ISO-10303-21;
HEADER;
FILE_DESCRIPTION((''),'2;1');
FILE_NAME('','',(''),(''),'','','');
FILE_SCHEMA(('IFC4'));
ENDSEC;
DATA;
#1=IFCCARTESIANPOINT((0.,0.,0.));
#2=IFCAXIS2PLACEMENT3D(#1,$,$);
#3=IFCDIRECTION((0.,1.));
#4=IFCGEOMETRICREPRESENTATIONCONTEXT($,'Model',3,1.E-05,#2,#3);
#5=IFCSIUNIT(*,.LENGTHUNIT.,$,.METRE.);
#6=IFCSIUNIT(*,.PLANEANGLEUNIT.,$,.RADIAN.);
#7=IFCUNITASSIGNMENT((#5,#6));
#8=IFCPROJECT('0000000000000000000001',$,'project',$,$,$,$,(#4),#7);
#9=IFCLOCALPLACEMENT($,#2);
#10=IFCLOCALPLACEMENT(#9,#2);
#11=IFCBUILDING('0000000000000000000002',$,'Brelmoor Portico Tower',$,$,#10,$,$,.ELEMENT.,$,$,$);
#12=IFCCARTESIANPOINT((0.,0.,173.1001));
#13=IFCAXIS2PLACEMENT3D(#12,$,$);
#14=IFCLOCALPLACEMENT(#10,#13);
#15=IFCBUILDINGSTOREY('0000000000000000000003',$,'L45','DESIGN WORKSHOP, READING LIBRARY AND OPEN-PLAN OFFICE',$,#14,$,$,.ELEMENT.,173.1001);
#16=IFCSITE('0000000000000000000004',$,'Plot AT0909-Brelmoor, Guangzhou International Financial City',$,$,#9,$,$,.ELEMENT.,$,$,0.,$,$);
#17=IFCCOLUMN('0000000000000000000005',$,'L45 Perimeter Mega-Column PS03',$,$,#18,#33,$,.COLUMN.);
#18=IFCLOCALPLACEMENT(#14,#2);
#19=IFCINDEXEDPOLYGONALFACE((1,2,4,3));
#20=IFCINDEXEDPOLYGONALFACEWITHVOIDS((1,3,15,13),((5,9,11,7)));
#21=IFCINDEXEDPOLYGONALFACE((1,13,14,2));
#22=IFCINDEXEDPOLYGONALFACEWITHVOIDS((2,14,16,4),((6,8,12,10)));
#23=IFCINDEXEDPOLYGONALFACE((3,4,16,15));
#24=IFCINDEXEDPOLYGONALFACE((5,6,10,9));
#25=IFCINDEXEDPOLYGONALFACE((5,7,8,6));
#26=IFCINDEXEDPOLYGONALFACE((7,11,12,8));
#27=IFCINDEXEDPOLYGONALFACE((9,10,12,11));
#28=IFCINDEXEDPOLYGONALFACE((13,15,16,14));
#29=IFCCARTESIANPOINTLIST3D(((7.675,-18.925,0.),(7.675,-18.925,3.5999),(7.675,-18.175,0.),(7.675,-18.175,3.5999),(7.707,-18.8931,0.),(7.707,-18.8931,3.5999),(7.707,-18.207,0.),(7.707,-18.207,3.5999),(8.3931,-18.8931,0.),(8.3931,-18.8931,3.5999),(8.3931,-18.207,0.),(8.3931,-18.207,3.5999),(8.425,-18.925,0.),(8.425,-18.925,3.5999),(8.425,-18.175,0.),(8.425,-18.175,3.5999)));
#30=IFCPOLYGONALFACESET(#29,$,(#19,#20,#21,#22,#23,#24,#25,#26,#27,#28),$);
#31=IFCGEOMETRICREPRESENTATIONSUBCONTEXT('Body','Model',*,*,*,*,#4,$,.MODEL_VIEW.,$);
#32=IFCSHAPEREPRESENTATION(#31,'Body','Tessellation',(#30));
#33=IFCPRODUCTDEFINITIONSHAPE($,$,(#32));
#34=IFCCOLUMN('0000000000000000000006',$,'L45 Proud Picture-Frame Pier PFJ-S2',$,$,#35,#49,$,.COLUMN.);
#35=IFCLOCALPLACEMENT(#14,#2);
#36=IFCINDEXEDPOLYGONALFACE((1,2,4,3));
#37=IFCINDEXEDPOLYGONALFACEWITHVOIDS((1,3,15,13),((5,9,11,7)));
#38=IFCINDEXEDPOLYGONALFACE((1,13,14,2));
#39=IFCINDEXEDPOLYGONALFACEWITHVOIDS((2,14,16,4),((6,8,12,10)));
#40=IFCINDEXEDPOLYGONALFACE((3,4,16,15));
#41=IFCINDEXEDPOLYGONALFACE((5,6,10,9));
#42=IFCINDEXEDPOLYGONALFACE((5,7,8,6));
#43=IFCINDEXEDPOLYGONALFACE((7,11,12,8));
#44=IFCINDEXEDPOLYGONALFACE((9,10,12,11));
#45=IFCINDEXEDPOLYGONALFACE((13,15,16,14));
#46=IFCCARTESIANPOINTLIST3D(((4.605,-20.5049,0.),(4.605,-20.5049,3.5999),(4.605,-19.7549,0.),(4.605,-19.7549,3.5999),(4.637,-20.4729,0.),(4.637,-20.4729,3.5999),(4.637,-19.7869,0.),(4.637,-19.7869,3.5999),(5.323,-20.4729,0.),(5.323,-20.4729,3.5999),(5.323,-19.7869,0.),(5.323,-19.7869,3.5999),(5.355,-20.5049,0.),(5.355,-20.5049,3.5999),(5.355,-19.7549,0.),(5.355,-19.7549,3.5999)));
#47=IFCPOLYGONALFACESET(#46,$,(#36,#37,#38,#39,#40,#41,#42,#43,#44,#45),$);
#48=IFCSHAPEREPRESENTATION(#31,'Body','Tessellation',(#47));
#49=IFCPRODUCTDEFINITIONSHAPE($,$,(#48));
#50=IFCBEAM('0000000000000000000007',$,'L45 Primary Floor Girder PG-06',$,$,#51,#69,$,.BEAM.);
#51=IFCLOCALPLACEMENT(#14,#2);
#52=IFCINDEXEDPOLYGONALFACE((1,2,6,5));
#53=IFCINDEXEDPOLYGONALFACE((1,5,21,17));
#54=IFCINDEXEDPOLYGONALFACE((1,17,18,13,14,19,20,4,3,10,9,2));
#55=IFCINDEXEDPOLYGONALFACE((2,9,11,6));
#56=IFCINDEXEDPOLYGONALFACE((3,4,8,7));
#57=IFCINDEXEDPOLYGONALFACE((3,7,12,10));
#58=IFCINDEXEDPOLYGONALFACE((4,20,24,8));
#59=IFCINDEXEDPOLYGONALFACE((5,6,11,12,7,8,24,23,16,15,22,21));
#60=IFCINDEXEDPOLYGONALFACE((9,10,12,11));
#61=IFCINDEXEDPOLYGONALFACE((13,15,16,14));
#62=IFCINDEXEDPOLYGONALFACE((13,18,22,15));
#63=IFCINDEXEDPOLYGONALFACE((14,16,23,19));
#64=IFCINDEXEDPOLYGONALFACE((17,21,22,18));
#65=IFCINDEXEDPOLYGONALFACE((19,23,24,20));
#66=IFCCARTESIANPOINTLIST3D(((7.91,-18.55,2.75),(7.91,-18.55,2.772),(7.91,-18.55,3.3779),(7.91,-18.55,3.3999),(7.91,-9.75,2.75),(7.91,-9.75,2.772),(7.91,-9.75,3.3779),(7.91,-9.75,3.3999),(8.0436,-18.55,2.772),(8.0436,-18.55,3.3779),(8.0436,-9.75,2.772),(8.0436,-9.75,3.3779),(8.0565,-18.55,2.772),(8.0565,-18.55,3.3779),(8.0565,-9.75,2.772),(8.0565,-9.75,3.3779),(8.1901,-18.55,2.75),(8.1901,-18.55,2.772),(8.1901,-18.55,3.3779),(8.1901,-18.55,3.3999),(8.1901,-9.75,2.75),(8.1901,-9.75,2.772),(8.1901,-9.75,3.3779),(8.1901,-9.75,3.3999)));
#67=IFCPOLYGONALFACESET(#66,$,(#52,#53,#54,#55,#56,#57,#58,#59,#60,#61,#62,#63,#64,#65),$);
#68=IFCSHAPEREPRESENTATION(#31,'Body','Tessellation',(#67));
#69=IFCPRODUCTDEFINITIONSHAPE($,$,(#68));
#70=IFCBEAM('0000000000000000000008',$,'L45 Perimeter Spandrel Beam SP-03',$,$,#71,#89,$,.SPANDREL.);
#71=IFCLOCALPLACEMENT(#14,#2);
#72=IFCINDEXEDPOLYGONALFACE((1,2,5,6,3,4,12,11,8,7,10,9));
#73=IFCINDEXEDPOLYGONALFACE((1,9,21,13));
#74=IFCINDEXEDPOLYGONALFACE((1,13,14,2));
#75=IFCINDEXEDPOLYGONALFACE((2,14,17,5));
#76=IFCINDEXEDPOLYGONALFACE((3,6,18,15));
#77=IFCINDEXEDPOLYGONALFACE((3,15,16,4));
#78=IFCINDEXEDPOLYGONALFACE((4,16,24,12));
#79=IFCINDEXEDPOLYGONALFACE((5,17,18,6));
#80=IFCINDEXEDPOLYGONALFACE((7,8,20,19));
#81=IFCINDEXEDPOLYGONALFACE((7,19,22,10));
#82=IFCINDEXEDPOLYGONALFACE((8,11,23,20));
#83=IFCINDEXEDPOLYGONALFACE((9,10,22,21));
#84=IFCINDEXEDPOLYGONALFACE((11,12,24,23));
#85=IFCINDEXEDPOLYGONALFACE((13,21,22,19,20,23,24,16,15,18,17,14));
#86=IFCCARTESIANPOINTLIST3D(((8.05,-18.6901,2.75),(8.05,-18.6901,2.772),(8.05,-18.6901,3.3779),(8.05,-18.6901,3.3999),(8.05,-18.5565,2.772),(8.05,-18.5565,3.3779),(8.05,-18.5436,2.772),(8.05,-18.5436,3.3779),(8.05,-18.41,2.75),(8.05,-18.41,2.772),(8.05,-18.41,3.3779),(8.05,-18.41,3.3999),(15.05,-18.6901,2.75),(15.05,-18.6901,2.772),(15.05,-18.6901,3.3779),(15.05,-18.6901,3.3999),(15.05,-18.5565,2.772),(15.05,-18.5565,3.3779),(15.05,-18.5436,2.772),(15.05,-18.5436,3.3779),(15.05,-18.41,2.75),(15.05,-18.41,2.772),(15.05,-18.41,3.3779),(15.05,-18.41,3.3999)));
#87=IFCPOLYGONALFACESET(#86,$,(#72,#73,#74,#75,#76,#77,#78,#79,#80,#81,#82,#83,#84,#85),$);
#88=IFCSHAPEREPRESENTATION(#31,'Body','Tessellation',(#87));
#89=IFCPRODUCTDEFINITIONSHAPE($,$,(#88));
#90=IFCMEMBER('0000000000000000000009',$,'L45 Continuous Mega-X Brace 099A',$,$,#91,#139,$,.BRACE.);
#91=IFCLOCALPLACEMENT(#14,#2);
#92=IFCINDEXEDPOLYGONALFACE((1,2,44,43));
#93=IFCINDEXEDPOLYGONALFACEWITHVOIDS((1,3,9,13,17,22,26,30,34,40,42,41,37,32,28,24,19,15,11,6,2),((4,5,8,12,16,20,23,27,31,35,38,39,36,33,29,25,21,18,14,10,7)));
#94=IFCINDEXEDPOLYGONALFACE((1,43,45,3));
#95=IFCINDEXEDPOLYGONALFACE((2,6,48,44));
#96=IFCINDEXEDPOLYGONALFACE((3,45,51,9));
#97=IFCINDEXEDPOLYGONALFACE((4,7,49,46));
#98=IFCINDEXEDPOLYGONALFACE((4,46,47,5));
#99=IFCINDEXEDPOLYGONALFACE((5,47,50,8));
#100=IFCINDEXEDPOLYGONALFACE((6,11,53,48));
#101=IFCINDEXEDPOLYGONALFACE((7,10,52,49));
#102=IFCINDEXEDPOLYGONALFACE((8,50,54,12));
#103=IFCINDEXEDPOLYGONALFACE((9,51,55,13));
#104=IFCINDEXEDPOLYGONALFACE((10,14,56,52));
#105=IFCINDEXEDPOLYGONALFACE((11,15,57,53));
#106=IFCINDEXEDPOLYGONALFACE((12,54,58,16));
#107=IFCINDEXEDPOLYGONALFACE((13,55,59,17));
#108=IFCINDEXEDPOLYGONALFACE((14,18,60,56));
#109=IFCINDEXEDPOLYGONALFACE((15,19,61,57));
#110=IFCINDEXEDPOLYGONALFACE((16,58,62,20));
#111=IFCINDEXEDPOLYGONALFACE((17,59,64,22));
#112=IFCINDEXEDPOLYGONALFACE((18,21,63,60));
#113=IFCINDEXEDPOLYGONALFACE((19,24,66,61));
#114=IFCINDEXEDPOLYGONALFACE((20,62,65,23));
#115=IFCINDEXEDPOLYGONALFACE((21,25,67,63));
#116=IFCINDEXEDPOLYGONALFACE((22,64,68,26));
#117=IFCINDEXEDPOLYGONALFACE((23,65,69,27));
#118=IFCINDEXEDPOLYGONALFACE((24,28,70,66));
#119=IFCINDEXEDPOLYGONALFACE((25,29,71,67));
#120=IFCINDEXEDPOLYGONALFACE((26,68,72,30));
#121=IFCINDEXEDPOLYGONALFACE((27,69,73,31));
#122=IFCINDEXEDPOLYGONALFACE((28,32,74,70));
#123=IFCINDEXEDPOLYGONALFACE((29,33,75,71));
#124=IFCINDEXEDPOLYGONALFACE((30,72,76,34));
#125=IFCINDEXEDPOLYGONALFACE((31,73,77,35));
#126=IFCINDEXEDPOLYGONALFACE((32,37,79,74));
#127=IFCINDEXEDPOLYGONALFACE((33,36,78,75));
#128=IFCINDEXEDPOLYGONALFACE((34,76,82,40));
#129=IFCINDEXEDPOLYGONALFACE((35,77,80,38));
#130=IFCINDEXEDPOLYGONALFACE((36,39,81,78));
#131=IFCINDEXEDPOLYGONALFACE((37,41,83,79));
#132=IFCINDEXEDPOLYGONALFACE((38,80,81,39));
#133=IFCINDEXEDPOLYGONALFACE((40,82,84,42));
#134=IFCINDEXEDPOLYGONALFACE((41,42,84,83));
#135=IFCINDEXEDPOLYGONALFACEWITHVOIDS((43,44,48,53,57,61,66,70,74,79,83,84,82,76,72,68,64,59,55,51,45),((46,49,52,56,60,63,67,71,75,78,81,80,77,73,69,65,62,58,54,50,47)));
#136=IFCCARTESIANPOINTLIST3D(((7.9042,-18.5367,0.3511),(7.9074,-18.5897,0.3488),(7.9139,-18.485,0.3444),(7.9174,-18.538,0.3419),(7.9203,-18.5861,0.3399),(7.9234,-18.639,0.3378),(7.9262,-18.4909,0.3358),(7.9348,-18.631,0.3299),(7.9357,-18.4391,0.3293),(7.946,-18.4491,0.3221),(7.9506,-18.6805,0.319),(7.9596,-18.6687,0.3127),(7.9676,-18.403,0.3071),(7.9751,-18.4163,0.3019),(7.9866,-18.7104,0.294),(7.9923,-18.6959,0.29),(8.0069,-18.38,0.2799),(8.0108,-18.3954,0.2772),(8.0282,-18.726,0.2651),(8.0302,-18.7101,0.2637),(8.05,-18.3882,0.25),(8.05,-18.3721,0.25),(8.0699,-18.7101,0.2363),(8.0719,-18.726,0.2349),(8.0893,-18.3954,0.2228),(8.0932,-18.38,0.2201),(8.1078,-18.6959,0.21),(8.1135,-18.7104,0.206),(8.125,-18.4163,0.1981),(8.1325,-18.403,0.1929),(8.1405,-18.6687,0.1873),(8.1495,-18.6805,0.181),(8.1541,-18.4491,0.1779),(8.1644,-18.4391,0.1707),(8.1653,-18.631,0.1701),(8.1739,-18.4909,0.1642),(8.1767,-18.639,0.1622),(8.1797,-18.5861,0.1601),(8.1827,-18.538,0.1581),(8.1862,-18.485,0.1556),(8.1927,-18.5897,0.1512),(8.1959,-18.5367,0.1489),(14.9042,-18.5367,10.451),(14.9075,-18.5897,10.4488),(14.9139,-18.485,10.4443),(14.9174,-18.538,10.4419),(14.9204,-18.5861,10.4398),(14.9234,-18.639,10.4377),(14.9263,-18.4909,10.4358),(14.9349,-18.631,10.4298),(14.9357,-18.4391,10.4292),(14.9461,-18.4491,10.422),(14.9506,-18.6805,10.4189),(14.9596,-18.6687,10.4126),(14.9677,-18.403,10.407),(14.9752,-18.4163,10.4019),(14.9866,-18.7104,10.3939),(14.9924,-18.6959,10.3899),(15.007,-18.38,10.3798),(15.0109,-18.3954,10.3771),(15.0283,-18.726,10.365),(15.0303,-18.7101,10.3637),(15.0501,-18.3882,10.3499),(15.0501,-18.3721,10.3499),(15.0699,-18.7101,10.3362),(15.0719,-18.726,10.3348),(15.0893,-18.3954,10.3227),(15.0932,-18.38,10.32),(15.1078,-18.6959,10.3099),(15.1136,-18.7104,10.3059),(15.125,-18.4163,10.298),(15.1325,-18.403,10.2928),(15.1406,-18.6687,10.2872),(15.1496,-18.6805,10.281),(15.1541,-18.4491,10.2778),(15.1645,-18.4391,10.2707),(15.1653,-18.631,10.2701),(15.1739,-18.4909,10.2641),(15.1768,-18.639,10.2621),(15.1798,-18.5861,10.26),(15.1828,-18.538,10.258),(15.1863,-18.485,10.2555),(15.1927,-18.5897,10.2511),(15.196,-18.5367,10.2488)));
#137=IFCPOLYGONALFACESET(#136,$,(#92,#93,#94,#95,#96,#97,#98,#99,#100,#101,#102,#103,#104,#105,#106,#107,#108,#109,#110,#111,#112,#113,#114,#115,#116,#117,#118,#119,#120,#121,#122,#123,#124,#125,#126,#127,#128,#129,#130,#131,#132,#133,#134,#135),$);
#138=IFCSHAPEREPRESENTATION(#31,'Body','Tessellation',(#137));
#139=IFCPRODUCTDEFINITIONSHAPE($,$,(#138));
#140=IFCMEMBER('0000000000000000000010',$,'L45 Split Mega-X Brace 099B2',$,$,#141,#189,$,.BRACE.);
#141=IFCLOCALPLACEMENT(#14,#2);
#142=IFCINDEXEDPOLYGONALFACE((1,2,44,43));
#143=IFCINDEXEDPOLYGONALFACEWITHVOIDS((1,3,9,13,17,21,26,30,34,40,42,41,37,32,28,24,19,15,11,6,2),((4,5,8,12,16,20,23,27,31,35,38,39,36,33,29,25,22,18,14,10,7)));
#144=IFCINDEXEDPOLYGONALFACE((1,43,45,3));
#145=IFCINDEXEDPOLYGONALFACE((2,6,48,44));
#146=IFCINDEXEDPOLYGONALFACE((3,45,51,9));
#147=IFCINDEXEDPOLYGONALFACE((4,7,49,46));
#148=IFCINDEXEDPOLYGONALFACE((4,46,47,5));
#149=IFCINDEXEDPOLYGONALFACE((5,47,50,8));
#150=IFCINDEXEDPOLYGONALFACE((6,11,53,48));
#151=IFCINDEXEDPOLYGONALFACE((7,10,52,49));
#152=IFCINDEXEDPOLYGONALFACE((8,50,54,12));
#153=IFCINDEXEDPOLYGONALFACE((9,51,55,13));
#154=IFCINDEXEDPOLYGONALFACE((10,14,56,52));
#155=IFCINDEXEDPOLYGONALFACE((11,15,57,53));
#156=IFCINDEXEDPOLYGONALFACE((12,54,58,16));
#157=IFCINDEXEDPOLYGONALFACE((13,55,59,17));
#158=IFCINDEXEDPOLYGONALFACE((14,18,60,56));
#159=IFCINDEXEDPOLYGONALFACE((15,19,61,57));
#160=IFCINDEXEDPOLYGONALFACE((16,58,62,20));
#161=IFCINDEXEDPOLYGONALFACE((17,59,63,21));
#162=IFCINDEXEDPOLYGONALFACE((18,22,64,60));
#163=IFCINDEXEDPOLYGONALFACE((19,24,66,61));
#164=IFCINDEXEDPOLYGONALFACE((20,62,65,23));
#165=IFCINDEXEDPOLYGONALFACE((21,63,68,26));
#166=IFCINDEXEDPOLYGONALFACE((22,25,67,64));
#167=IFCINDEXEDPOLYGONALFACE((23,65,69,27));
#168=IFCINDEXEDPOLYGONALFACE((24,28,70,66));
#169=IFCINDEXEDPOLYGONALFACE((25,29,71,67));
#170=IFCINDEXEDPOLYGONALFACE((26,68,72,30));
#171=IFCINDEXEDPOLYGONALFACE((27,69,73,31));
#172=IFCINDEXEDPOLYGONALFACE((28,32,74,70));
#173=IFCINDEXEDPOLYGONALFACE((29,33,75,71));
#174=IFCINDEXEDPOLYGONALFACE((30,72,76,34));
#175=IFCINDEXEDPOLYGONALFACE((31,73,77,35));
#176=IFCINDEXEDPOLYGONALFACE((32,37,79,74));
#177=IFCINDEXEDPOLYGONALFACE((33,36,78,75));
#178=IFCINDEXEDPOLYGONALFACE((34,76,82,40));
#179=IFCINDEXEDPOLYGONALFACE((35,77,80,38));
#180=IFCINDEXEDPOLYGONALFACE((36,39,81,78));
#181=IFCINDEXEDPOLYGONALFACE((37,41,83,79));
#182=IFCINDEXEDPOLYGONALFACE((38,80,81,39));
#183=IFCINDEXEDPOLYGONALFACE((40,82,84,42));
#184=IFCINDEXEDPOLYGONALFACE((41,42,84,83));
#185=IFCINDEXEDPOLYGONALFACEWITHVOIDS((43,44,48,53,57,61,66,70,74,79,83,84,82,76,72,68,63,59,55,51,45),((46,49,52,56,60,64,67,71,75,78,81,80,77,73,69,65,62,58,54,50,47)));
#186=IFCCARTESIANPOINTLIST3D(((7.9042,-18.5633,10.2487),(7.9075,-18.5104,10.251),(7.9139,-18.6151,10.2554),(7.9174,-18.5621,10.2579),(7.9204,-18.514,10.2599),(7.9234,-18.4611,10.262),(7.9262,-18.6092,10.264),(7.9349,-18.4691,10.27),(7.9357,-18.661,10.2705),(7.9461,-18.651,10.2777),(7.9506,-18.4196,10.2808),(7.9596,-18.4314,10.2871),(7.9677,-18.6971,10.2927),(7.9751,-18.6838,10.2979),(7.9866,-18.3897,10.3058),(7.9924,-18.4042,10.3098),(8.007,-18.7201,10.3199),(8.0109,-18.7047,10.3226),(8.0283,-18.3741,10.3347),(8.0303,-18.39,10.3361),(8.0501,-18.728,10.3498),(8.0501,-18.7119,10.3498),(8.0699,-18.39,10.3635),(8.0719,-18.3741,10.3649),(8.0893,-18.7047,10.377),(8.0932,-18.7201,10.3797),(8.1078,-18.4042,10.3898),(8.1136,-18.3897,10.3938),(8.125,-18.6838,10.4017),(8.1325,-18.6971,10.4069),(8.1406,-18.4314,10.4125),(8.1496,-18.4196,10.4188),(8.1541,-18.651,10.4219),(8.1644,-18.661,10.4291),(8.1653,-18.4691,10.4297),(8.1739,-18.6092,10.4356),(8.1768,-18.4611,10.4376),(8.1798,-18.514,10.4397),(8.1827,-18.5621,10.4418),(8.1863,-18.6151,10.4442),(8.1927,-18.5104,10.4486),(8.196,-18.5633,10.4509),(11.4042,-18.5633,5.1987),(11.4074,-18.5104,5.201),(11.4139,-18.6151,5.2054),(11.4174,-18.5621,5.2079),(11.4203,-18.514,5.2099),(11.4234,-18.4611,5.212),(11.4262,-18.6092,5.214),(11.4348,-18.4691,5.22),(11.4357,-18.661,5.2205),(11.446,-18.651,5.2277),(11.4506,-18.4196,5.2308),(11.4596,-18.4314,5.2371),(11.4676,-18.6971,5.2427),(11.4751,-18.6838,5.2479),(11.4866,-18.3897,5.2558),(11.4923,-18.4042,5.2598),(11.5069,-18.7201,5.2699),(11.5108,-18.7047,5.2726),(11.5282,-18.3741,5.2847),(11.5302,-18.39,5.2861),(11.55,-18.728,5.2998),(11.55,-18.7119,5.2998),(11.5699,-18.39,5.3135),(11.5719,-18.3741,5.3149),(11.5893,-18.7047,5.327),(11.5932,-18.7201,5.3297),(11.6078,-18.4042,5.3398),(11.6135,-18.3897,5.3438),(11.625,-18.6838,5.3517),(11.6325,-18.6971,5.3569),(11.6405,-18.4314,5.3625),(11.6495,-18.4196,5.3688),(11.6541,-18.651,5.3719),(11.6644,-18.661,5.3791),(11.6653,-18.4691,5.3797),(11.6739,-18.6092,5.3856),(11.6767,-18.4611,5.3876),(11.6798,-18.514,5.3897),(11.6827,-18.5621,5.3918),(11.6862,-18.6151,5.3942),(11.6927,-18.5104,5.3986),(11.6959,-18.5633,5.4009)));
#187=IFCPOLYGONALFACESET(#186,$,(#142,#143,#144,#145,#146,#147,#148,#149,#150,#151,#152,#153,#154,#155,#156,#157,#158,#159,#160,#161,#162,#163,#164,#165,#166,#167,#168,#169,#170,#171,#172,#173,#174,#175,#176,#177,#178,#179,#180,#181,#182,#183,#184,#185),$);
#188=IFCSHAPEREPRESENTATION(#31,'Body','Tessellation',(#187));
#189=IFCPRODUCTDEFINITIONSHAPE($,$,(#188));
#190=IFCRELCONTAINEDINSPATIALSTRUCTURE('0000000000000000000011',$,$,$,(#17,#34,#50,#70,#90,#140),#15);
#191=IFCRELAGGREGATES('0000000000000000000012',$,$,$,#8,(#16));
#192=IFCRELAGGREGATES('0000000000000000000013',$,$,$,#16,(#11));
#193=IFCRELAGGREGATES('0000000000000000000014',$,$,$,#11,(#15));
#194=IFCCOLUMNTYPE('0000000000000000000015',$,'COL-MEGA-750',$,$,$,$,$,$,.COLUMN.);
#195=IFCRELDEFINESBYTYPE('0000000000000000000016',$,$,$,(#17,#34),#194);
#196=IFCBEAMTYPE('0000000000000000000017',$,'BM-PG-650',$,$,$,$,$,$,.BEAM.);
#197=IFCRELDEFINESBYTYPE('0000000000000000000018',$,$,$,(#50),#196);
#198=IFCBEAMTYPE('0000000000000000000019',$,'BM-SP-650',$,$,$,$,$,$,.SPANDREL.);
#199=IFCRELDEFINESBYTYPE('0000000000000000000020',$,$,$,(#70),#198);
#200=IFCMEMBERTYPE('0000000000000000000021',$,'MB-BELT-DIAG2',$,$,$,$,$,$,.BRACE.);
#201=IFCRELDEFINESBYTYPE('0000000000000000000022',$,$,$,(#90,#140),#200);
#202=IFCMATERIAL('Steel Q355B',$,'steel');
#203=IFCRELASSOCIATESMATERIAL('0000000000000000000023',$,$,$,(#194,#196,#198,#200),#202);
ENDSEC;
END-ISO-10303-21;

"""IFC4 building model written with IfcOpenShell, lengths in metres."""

from ifc_helpers import new_model, si_unit, direction, frame, origin, origin_2d, place, context, subcontext, project, spatial, hollow_rectangle, hollow_circle, i_section, extrude, material, material_profile, profile_set, type_object, element, save


model = new_model("IFC4")

# Units and contexts
model_context = context("Model", 3, precision=1e-05, world=origin(), true_north=direction((0.0, 1.0)))
body_context = subcontext(model_context, "Body", "Model", "MODEL_VIEW")
ifc_project = project(units=[si_unit("LENGTHUNIT", "METRE"), si_unit("PLANEANGLEUNIT", "RADIAN")], contexts=[model_context])

# Site, building, storey
site_placement = place(None, origin())
site = spatial("IfcSite", under=ifc_project, at=site_placement, Name="Plot AT0909-Brelmoor, Guangzhou International Financial City", CompositionType="ELEMENT", RefElevation=0.0)
building_placement = place(site_placement, origin())
building = spatial("IfcBuilding", under=site, at=building_placement, Name="Brelmoor Portico Tower", CompositionType="ELEMENT")
storey_placement = place(building_placement, frame((0.0, 0.0, 173.1001)))
storey = spatial("IfcBuildingStorey", under=building, at=storey_placement, Name="L45", Description="DESIGN WORKSHOP, READING LIBRARY AND OPEN-PLAN OFFICE", CompositionType="ELEMENT", Elevation=173.1001)

# Columns
ifc_material_1 = material(Name="Steel Q355B", Category="steel")
ifc_material_profile_1 = material_profile(ifc_material_1, hollow_rectangle(XDim=0.75, YDim=0.75, WallThickness=0.032, at=origin_2d()), Name="BOX 750x750x32")
ifc_profile_set_1 = profile_set([ifc_material_profile_1], Name="Steel Q355B")
column_type = type_object("IfcColumnType", Name="COL-MEGA-750", PredefinedType="COLUMN", material=ifc_profile_set_1)
for number, where, z_axis, x_axis, name in (
    (1, (8.05, -18.55, 0.0), (0.0, 0.0, 1.0), (1.0, 0.0, 0.0), "L45 Perimeter Mega-Column PS03"),
    (2, (4.98, -20.1299, 0.0), (0.0, 0.0, 1.0), (1.0, 0.0, 0.0), "L45 Proud Picture-Frame Pier PFJ-S2"),
):
    element("IfcColumn", number, at=place(storey_placement, frame(where, z_axis=z_axis, x_axis=x_axis)), inside=storey, type_object=column_type, Name=name, PredefinedType="COLUMN", context=body_context, shape_type="SweptSolid", body=[
        extrude(hollow_rectangle(XDim=0.75, YDim=0.75, WallThickness=0.032, at=origin_2d()), origin(), (0.0, 0.0, 1.0), 3.5999),
    ])

# Beams
ifc_material_profile_2 = material_profile(ifc_material_1, i_section(OverallWidth=0.28, OverallDepth=0.6499, WebThickness=0.0129, FlangeThickness=0.022, at=origin_2d()), Name="HN 650x280x13x22")
ifc_profile_set_2 = profile_set([ifc_material_profile_2], Name="Steel Q355B")
beam_type_1 = type_object("IfcBeamType", Name="BM-PG-650", PredefinedType="BEAM", material=ifc_profile_set_2)
beam_1_placement = place(storey_placement, frame((8.05, -18.55, 3.075), z_axis=(0.0, 1.0, 0.0), x_axis=(-1.0, 0.0, 0.0)))
element("IfcBeam", 3, at=beam_1_placement, inside=storey, type_object=beam_type_1, Name="L45 Primary Floor Girder PG-06", PredefinedType="BEAM", context=body_context, shape_type="SweptSolid", body=[
    extrude(i_section(OverallWidth=0.28, OverallDepth=0.6499, WebThickness=0.0129, FlangeThickness=0.022, at=origin_2d()), origin(), (0.0, 0.0, 1.0), 8.8),
])
ifc_material_profile_3 = material_profile(ifc_material_1, i_section(OverallWidth=0.28, OverallDepth=0.6499, WebThickness=0.0129, FlangeThickness=0.022, at=origin_2d()), Name="HN 650x280x13x22")
ifc_profile_set_3 = profile_set([ifc_material_profile_3], Name="Steel Q355B")
beam_type_2 = type_object("IfcBeamType", Name="BM-SP-650", PredefinedType="SPANDREL", material=ifc_profile_set_3)
beam_2_placement = place(storey_placement, frame((8.05, -18.55, 3.075), z_axis=(1.0, 0.0, 0.0), x_axis=(0.0, 1.0, 0.0)))
element("IfcBeam", 4, at=beam_2_placement, inside=storey, type_object=beam_type_2, Name="L45 Perimeter Spandrel Beam SP-03", PredefinedType="SPANDREL", context=body_context, shape_type="SweptSolid", body=[
    extrude(i_section(OverallWidth=0.28, OverallDepth=0.6499, WebThickness=0.0129, FlangeThickness=0.022, at=origin_2d()), origin(), (0.0, 0.0, 1.0), 7.0),
])

# Members
ifc_material_profile_4 = material_profile(ifc_material_1, hollow_circle(Radius=0.178, WallThickness=0.0161, at=origin_2d()), Name="CHS 356x16")
ifc_profile_set_4 = profile_set([ifc_material_profile_4], Name="Steel Q355B")
member_type_1 = type_object("IfcMemberType", Name="MB-BELT-DIAG2", PredefinedType="BRACE", material=ifc_profile_set_4)
member_1_placement = place(storey_placement, frame((8.05, -18.55, 0.25), z_axis=(0.569639, 0.0, 0.821895), x_axis=(0.0, 1.0, 0.0)))
element("IfcMember", 5, at=member_1_placement, inside=storey, type_object=member_type_1, Name="L45 Continuous Mega-X Brace 099A", PredefinedType="BRACE", context=body_context, shape_type="SweptSolid", body=[
    extrude(hollow_circle(Radius=0.178, WallThickness=0.0161, at=origin_2d()), origin(), (0.0, 0.0, 1.0), 12.2886),
])
member_2_placement = place(storey_placement, frame((11.55, -18.55, 5.2998), z_axis=(-0.569629, 0.0, 0.821902), x_axis=(0.0, -1.0, 0.0)))
element("IfcMember", 6, at=member_2_placement, inside=storey, type_object=member_type_1, Name="L45 Split Mega-X Brace 099B2", PredefinedType="BRACE", context=body_context, shape_type="SweptSolid", body=[
    extrude(hollow_circle(Radius=0.178, WallThickness=0.0161, at=origin_2d()), origin(), (0.0, 0.0, 1.0), 6.1443),
])

save(model, "model.ifc")
